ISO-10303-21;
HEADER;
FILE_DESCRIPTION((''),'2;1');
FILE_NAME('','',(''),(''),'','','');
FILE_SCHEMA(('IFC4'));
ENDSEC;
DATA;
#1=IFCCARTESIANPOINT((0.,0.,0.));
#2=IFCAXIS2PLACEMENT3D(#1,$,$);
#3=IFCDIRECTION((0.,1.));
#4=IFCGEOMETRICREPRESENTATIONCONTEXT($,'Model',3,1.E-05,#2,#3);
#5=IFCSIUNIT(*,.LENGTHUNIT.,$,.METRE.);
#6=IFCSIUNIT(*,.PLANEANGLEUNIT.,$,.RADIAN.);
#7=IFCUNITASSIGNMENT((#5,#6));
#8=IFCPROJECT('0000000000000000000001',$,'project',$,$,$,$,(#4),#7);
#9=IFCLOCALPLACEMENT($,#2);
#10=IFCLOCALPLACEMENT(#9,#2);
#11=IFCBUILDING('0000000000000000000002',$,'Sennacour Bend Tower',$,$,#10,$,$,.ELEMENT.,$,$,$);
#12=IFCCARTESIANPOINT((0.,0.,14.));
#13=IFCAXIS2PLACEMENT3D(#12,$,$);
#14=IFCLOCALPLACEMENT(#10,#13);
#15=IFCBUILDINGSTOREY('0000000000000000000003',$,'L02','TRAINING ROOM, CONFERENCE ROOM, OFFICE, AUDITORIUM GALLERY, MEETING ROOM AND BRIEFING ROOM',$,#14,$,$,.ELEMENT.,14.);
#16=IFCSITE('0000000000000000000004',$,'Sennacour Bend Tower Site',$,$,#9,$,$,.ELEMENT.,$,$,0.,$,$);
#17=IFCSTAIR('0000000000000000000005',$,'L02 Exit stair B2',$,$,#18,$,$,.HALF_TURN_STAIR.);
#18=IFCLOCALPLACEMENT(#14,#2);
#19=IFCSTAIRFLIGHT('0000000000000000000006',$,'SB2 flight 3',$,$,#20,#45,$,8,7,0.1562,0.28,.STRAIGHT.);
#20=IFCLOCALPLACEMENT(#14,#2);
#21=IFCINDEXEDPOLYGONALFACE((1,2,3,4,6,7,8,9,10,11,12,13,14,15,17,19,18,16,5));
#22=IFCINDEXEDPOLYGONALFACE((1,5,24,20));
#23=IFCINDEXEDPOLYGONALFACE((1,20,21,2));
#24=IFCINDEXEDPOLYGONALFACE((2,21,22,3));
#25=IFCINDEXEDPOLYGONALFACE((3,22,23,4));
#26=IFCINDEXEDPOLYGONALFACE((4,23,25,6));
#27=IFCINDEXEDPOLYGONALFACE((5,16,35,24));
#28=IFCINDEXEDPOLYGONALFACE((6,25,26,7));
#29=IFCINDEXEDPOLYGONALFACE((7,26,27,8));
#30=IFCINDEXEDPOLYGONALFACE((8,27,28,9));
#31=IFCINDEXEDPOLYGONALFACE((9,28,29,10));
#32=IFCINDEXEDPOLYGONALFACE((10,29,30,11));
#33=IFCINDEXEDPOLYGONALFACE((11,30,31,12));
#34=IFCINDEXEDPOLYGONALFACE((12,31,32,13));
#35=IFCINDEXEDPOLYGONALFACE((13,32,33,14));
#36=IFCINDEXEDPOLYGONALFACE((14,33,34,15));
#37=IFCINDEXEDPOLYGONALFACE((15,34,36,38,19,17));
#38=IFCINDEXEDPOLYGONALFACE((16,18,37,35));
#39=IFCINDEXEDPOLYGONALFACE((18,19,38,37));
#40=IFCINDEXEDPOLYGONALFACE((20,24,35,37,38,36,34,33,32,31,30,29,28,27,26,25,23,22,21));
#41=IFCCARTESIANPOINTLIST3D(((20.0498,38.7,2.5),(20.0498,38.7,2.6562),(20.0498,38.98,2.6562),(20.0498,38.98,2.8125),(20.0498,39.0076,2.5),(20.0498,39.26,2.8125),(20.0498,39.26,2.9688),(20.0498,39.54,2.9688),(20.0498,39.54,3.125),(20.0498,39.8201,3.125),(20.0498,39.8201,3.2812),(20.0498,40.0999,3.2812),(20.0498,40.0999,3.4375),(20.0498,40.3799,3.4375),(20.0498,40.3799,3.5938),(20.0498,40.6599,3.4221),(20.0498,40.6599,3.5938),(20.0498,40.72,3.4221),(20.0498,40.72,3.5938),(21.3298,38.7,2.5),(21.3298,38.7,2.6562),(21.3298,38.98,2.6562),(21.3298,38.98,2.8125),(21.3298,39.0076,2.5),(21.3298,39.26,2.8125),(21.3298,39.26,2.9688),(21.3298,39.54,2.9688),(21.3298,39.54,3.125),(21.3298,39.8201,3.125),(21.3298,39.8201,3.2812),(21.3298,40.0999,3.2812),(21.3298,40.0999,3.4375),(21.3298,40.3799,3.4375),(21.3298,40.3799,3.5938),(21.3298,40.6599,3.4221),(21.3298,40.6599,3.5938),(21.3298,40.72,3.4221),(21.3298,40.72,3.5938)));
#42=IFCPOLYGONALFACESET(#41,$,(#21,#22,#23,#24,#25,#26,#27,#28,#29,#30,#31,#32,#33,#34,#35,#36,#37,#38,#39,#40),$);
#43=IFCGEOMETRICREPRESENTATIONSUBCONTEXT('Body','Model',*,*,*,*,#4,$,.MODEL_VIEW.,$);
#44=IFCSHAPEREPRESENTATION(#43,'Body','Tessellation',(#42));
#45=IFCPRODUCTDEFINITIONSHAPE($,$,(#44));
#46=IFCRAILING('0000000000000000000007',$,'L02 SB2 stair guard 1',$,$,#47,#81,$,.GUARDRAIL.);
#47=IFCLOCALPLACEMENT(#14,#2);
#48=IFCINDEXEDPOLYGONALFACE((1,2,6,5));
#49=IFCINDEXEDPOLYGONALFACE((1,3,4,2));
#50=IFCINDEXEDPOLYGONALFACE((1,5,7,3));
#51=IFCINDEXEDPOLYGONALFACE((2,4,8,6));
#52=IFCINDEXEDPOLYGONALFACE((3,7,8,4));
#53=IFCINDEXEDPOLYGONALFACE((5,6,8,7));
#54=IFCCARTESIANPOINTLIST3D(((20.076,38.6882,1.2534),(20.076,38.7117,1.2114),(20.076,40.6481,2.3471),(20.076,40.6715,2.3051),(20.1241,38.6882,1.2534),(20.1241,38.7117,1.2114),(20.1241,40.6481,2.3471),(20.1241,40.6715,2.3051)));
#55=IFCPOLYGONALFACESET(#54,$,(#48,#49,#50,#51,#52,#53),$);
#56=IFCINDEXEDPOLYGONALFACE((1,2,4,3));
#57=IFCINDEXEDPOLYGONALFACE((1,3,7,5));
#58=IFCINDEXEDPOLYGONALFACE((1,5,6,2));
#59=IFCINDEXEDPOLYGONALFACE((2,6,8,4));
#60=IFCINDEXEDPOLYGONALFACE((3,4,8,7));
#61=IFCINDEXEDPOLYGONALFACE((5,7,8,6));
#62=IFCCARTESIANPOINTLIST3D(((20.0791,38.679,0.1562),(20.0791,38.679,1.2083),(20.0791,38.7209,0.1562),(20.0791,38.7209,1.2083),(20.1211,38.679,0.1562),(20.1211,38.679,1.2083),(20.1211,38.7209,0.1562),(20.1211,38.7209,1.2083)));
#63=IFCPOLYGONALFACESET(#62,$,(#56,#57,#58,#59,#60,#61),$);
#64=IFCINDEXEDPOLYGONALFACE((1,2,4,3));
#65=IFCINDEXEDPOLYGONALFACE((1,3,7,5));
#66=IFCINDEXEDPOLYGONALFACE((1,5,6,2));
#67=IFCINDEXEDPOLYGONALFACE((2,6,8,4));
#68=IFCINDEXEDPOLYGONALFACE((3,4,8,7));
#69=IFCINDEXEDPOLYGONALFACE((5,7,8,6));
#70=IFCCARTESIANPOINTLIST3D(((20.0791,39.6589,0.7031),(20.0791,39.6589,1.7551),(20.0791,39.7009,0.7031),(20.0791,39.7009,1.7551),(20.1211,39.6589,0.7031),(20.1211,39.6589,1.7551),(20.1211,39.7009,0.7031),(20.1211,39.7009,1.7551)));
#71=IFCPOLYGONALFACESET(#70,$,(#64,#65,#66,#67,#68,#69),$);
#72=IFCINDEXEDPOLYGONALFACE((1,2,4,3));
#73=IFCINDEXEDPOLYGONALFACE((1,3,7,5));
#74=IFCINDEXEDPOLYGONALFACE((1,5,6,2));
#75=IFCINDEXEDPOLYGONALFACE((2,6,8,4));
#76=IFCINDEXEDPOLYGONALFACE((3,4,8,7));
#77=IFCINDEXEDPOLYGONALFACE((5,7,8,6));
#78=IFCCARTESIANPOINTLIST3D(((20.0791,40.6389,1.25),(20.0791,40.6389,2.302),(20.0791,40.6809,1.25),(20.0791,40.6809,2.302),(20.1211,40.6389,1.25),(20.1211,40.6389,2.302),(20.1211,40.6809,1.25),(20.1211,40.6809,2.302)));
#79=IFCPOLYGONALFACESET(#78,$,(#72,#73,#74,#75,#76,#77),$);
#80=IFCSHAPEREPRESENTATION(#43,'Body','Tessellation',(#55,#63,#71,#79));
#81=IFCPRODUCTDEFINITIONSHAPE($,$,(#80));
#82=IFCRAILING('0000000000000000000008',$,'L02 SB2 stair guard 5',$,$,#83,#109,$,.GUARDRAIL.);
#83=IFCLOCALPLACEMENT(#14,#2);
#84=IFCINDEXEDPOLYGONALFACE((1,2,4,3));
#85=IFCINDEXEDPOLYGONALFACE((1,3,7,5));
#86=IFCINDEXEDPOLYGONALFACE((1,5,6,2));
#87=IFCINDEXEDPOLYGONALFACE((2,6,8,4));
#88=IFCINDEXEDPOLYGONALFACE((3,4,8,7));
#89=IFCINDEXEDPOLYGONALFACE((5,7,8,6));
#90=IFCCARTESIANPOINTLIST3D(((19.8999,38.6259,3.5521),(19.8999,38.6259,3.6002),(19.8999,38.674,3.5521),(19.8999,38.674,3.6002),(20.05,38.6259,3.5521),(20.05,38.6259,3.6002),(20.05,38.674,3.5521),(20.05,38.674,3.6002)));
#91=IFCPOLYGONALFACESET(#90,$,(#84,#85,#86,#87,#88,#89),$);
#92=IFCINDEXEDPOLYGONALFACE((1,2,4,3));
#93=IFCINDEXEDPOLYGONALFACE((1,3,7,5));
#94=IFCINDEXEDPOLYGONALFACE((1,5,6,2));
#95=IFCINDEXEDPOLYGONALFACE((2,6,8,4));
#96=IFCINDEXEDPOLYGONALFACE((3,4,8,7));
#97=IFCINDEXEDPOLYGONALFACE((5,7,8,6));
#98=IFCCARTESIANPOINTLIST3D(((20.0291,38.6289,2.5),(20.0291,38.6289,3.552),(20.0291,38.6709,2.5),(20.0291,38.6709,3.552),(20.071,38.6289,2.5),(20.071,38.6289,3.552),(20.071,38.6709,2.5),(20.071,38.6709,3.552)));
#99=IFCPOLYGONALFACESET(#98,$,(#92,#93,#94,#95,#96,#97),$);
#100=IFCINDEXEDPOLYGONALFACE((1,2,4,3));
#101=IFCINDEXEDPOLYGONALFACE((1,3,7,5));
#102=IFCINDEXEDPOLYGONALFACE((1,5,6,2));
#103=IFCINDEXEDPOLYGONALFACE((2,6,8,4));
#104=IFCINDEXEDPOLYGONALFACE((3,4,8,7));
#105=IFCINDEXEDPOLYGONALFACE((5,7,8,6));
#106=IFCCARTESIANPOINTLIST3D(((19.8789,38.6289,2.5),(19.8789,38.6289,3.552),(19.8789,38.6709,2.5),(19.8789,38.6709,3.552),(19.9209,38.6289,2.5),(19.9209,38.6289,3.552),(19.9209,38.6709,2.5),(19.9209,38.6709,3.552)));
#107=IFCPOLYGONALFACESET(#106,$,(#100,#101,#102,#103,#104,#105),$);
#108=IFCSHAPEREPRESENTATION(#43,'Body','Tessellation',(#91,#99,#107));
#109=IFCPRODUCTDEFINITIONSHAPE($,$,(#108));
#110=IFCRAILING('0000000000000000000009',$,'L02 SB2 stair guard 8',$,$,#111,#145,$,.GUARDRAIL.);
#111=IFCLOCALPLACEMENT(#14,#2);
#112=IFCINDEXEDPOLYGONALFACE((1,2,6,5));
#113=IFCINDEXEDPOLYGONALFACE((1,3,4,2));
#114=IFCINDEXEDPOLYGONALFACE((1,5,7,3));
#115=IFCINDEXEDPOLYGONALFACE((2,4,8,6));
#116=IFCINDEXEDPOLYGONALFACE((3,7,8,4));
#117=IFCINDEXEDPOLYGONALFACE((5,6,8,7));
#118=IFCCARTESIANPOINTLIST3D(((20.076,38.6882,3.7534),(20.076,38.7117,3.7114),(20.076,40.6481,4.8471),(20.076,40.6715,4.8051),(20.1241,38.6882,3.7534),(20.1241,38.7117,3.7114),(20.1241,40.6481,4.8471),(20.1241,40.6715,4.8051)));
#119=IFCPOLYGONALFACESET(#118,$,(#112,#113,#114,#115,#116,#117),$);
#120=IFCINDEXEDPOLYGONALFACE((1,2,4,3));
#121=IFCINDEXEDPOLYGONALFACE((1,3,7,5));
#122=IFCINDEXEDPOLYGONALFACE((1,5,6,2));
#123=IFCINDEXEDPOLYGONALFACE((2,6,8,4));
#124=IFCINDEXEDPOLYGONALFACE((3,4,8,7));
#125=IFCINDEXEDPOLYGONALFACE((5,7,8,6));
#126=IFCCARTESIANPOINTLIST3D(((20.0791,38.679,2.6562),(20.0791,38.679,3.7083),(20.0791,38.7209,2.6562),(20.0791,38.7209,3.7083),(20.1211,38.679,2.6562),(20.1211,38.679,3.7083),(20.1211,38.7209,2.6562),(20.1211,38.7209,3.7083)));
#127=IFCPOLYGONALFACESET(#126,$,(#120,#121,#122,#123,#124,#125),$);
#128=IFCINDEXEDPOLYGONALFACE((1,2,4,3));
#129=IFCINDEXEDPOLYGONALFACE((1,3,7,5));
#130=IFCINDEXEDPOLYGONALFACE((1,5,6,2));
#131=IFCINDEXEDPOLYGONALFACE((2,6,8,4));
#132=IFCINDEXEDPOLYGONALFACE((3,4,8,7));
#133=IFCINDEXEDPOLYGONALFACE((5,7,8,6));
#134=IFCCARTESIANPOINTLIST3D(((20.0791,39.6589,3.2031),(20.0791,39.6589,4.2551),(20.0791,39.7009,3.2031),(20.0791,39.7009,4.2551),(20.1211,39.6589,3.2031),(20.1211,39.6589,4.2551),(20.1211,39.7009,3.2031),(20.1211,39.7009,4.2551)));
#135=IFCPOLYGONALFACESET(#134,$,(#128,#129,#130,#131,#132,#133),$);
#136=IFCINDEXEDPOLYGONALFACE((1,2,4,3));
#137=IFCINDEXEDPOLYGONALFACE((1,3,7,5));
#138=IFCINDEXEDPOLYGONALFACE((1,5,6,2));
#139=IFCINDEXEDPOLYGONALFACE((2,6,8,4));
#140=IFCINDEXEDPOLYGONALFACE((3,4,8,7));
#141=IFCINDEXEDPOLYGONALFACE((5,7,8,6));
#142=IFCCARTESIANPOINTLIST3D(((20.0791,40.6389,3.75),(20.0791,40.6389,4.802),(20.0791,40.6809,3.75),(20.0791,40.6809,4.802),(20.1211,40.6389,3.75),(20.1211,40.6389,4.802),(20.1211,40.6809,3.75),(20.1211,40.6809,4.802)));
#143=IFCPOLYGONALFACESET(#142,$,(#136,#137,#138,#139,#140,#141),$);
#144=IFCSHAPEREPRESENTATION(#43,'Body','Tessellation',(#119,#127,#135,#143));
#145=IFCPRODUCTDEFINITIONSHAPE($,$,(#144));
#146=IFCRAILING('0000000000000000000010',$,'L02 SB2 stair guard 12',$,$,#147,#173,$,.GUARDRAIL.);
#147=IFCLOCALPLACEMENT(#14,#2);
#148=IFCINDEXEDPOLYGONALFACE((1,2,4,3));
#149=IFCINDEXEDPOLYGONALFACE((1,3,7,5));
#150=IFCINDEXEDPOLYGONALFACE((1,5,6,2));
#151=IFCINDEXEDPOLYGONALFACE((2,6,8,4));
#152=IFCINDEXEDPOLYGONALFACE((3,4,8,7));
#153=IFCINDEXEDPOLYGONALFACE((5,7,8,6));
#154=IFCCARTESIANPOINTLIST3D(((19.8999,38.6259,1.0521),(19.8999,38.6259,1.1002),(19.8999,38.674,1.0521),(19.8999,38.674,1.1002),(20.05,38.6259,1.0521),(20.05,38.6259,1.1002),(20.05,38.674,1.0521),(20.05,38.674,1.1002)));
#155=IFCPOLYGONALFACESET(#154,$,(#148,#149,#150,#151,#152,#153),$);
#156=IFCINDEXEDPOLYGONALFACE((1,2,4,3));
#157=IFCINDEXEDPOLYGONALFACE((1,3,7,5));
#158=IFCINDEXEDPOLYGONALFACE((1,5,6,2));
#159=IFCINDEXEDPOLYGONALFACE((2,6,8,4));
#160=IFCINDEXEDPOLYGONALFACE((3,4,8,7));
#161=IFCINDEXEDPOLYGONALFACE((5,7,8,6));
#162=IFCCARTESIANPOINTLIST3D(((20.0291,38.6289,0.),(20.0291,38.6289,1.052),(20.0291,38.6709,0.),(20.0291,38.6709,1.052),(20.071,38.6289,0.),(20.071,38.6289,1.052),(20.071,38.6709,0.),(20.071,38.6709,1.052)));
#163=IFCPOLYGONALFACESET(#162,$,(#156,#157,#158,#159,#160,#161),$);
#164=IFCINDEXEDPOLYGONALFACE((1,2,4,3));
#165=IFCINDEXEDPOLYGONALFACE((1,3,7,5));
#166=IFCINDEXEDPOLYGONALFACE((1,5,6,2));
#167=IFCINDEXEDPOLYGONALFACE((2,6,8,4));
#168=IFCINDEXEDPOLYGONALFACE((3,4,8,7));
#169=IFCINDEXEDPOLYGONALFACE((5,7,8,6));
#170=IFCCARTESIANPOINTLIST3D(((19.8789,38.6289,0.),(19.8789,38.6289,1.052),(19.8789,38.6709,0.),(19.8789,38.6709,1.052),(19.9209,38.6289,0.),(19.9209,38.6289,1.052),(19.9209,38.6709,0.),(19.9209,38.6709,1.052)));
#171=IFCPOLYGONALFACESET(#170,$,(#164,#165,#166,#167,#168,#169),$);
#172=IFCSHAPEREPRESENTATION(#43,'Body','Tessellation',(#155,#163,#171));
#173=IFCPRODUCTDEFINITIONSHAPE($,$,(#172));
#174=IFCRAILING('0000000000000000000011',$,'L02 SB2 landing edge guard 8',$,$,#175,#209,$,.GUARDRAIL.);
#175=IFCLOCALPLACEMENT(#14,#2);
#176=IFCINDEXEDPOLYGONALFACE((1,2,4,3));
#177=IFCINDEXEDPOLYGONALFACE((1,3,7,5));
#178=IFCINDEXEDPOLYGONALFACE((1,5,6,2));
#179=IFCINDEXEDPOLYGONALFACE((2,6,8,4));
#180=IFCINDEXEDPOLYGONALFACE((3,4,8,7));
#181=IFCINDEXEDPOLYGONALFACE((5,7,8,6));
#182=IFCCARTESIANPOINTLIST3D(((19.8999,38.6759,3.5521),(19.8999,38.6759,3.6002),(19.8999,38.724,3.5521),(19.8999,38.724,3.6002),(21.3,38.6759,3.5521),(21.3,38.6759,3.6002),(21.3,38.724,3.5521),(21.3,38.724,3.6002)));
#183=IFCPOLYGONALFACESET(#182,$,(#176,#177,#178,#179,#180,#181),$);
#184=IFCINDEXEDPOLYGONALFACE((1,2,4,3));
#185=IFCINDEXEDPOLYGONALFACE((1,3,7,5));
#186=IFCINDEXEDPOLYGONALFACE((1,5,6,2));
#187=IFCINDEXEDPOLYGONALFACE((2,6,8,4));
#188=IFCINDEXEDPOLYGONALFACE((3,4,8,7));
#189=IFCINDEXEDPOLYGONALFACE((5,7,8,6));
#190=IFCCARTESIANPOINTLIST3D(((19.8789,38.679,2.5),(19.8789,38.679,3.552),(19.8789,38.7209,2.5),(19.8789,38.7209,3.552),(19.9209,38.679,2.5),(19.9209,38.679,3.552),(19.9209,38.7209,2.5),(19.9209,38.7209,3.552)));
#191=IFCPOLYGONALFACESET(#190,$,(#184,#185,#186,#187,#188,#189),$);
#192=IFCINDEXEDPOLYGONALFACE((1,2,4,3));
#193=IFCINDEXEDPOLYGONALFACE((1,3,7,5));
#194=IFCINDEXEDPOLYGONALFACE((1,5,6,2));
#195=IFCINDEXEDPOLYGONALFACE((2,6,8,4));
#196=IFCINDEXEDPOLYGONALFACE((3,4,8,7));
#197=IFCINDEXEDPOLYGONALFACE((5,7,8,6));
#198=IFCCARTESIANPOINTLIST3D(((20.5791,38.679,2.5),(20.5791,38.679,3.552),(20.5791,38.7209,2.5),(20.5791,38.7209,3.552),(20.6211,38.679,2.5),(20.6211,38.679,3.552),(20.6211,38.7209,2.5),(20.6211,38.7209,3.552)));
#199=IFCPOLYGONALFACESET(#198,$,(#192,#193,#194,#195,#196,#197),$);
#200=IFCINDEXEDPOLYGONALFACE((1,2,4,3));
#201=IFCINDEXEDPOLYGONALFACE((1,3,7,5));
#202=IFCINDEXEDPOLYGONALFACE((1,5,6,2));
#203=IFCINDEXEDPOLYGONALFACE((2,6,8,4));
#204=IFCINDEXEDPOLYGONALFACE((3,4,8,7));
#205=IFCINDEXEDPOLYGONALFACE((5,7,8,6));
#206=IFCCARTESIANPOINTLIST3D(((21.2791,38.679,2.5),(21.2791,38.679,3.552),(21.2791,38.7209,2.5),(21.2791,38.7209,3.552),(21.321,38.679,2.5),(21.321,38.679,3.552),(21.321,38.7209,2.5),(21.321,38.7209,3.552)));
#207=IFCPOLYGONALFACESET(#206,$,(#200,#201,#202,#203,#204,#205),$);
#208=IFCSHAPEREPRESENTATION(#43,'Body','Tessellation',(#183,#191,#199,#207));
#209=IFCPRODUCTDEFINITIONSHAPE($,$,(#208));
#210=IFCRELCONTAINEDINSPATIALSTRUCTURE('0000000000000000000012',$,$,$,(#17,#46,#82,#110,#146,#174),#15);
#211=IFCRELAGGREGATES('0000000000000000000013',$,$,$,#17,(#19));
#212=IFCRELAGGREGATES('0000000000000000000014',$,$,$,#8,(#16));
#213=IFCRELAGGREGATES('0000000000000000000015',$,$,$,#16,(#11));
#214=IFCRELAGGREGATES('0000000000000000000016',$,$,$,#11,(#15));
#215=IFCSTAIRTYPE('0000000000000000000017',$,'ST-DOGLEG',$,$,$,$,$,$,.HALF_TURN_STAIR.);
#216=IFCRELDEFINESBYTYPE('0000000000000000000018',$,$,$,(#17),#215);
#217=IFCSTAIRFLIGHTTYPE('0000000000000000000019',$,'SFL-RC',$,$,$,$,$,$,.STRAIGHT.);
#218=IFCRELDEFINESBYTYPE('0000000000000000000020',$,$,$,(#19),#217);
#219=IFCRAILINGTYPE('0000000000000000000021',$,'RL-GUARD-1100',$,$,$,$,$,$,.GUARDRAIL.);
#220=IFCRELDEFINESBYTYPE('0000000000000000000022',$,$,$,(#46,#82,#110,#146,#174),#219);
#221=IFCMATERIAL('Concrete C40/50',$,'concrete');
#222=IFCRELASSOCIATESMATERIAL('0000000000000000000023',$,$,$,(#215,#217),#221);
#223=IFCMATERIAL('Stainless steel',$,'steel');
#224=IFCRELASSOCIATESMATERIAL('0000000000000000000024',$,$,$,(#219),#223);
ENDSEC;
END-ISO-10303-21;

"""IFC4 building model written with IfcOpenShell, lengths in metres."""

from ifc_helpers import new_model, si_unit, direction, frame, origin, origin_2d, place, context, subcontext, project, spatial, polyline, rectangle, outline, extrude, material, type_object, element, aggregate, save


model = new_model("IFC4")

# Units and contexts
model_context = context("Model", 3, precision=1e-05, world=origin(), true_north=direction((0.0, 1.0)))
body_context = subcontext(model_context, "Body", "Model", "MODEL_VIEW")
ifc_project = project(units=[si_unit("LENGTHUNIT", "METRE"), si_unit("PLANEANGLEUNIT", "RADIAN")], contexts=[model_context])

# Site, building, storey
site_placement = place(None, origin())
site = spatial("IfcSite", under=ifc_project, at=site_placement, Name="Sennacour Bend Tower Site", CompositionType="ELEMENT", RefElevation=0.0)
building_placement = place(site_placement, origin())
building = spatial("IfcBuilding", under=site, at=building_placement, Name="Sennacour Bend Tower", CompositionType="ELEMENT")
storey_placement = place(building_placement, frame((0.0, 0.0, 14.0)))
storey = spatial("IfcBuildingStorey", under=building, at=storey_placement, Name="L02", Description="TRAINING ROOM, CONFERENCE ROOM, OFFICE, AUDITORIUM GALLERY, MEETING ROOM AND BRIEFING ROOM", CompositionType="ELEMENT", Elevation=14.0)

# Stair, stair flight
ifc_material_1 = material(Name="Concrete C40/50", Category="concrete")
stair_type = type_object("IfcStairType", Name="ST-DOGLEG", PredefinedType="HALF_TURN_STAIR", material=ifc_material_1)
stair_placement = place(storey_placement, origin())
stair = element("IfcStair", 1, at=stair_placement, inside=storey, type_object=stair_type, Name="L02 Exit stair B2", PredefinedType="HALF_TURN_STAIR")
stair_flight_type = type_object("IfcStairFlightType", Name="SFL-RC", PredefinedType="STRAIGHT", material=ifc_material_1)
stair_flight_1_placement = place(storey_placement, frame((20.6899, 38.7, 2.5), z_axis=(0.0, 0.0, 1.0), x_axis=(0.0, 1.0, 0.0)))
stair_flight_1 = element("IfcStairFlight", 2, at=stair_flight_1_placement, type_object=stair_flight_type, Name="SB2 flight 3", NumberOfRisers=8, NumberOfTreads=7, PredefinedType="STRAIGHT", RiserHeight=0.1562, TreadLength=0.28, context=body_context, shape_type="SweptSolid", body=[
    extrude(outline(polyline([(0.0, 0.0), (0.0, 0.1562), (0.28, 0.1562), (0.28, 0.3125), (0.5601, 0.3125), (0.5601, 0.4688), (0.8401, 0.4688), (0.8401, 0.625), (1.1201, 0.625), (1.1201, 0.7812), (1.3999, 0.7812), (1.3999, 0.9375), (1.6799, 0.9375), (1.6799, 1.0938), (1.96, 1.0938), (2.02, 1.0938), (2.02, 0.9221), (1.96, 0.9221), (0.3076, 0.0), (0.0, 0.0)])), frame((0.0, 0.6401, 0.0), z_axis=(0.0, -1.0, 0.0), x_axis=(1.0, 0.0, 0.0)), (0.0, 0.0, 1.0), 1.28),
])
aggregate(stair, [stair_flight_1])

# Railings
ifc_material_2 = material(Name="Stainless steel", Category="steel")
railing_type_1 = type_object("IfcRailingType", Name="RL-GUARD-1100", PredefinedType="GUARDRAIL", material=ifc_material_2)
railing_1_placement = place(storey_placement, frame((20.1001, 38.7, 0.1562)))
element("IfcRailing", 3, at=railing_1_placement, inside=storey, type_object=railing_type_1, Name="L02 SB2 stair guard 1", PredefinedType="GUARDRAIL", context=body_context, shape_type="SweptSolid", body=[
    extrude(rectangle(XDim=0.0481, YDim=0.0481, at=origin_2d()), frame((0.0, 0.0, 1.0762), z_axis=(0.0, 0.873232, 0.487304), x_axis=(-1.0, 0.0, 0.0)), (0.0, 0.0, 1.0), 2.2444),
    extrude(rectangle(XDim=0.042, YDim=0.042, at=origin_2d()), origin(), (0.0, 0.0, 1.0), 1.052),
    extrude(rectangle(XDim=0.042, YDim=0.042, at=origin_2d()), frame((0.0, 0.98, 0.5469)), (0.0, 0.0, 1.0), 1.052),
    extrude(rectangle(XDim=0.042, YDim=0.042, at=origin_2d()), frame((0.0, 1.96, 1.0938)), (0.0, 0.0, 1.0), 1.052),
])
railing_2_placement = place(storey_placement, frame((20.05, 38.6499, 2.5)))
element("IfcRailing", 4, at=railing_2_placement, inside=storey, type_object=railing_type_1, Name="L02 SB2 stair guard 5", PredefinedType="GUARDRAIL", context=body_context, shape_type="SweptSolid", body=[
    extrude(rectangle(XDim=0.0481, YDim=0.0481, at=origin_2d()), frame((0.0, 0.0, 1.0762), z_axis=(-1.0, 0.0, 0.0), x_axis=(0.0, -1.0, 0.0)), (0.0, 0.0, 1.0), 0.1501),
    extrude(rectangle(XDim=0.042, YDim=0.042, at=origin_2d()), origin(), (0.0, 0.0, 1.0), 1.052),
    extrude(rectangle(XDim=0.042, YDim=0.042, at=origin_2d()), frame((-0.1501, 0.0, 0.0)), (0.0, 0.0, 1.0), 1.052),
])
railing_3_placement = place(storey_placement, frame((20.1001, 38.7, 2.6562)))
element("IfcRailing", 5, at=railing_3_placement, inside=storey, type_object=railing_type_1, Name="L02 SB2 stair guard 8", PredefinedType="GUARDRAIL", context=body_context, shape_type="SweptSolid", body=[
    extrude(rectangle(XDim=0.0481, YDim=0.0481, at=origin_2d()), frame((0.0, 0.0, 1.0762), z_axis=(0.0, 0.873232, 0.487304), x_axis=(-1.0, 0.0, 0.0)), (0.0, 0.0, 1.0), 2.2444),
    extrude(rectangle(XDim=0.042, YDim=0.042, at=origin_2d()), origin(), (0.0, 0.0, 1.0), 1.052),
    extrude(rectangle(XDim=0.042, YDim=0.042, at=origin_2d()), frame((0.0, 0.98, 0.5469)), (0.0, 0.0, 1.0), 1.052),
    extrude(rectangle(XDim=0.042, YDim=0.042, at=origin_2d()), frame((0.0, 1.96, 1.0938)), (0.0, 0.0, 1.0), 1.052),
])
railing_4_placement = place(storey_placement, frame((20.05, 38.6499, 0.0)))
element("IfcRailing", 6, at=railing_4_placement, inside=storey, type_object=railing_type_1, Name="L02 SB2 stair guard 12", PredefinedType="GUARDRAIL", context=body_context, shape_type="SweptSolid", body=[
    extrude(rectangle(XDim=0.0481, YDim=0.0481, at=origin_2d()), frame((0.0, 0.0, 1.0762), z_axis=(-1.0, 0.0, 0.0), x_axis=(0.0, -1.0, 0.0)), (0.0, 0.0, 1.0), 0.1501),
    extrude(rectangle(XDim=0.042, YDim=0.042, at=origin_2d()), origin(), (0.0, 0.0, 1.0), 1.052),
    extrude(rectangle(XDim=0.042, YDim=0.042, at=origin_2d()), frame((-0.1501, 0.0, 0.0)), (0.0, 0.0, 1.0), 1.052),
])
railing_5_placement = place(storey_placement, frame((19.8999, 38.7, 2.5)))
element("IfcRailing", 7, at=railing_5_placement, inside=storey, type_object=railing_type_1, Name="L02 SB2 landing edge guard 8", PredefinedType="GUARDRAIL", context=body_context, shape_type="SweptSolid", body=[
    extrude(rectangle(XDim=0.0481, YDim=0.0481, at=origin_2d()), frame((0.0, 0.0, 1.0762), z_axis=(1.0, 0.0, 0.0), x_axis=(0.0, 1.0, 0.0)), (0.0, 0.0, 1.0), 1.4001),
    extrude(rectangle(XDim=0.042, YDim=0.042, at=origin_2d()), origin(), (0.0, 0.0, 1.0), 1.052),
    extrude(rectangle(XDim=0.042, YDim=0.042, at=origin_2d()), frame((0.7002, 0.0, 0.0)), (0.0, 0.0, 1.0), 1.052),
    extrude(rectangle(XDim=0.042, YDim=0.042, at=origin_2d()), frame((1.4001, 0.0, 0.0)), (0.0, 0.0, 1.0), 1.052),
])

save(model, "model.ifc")
